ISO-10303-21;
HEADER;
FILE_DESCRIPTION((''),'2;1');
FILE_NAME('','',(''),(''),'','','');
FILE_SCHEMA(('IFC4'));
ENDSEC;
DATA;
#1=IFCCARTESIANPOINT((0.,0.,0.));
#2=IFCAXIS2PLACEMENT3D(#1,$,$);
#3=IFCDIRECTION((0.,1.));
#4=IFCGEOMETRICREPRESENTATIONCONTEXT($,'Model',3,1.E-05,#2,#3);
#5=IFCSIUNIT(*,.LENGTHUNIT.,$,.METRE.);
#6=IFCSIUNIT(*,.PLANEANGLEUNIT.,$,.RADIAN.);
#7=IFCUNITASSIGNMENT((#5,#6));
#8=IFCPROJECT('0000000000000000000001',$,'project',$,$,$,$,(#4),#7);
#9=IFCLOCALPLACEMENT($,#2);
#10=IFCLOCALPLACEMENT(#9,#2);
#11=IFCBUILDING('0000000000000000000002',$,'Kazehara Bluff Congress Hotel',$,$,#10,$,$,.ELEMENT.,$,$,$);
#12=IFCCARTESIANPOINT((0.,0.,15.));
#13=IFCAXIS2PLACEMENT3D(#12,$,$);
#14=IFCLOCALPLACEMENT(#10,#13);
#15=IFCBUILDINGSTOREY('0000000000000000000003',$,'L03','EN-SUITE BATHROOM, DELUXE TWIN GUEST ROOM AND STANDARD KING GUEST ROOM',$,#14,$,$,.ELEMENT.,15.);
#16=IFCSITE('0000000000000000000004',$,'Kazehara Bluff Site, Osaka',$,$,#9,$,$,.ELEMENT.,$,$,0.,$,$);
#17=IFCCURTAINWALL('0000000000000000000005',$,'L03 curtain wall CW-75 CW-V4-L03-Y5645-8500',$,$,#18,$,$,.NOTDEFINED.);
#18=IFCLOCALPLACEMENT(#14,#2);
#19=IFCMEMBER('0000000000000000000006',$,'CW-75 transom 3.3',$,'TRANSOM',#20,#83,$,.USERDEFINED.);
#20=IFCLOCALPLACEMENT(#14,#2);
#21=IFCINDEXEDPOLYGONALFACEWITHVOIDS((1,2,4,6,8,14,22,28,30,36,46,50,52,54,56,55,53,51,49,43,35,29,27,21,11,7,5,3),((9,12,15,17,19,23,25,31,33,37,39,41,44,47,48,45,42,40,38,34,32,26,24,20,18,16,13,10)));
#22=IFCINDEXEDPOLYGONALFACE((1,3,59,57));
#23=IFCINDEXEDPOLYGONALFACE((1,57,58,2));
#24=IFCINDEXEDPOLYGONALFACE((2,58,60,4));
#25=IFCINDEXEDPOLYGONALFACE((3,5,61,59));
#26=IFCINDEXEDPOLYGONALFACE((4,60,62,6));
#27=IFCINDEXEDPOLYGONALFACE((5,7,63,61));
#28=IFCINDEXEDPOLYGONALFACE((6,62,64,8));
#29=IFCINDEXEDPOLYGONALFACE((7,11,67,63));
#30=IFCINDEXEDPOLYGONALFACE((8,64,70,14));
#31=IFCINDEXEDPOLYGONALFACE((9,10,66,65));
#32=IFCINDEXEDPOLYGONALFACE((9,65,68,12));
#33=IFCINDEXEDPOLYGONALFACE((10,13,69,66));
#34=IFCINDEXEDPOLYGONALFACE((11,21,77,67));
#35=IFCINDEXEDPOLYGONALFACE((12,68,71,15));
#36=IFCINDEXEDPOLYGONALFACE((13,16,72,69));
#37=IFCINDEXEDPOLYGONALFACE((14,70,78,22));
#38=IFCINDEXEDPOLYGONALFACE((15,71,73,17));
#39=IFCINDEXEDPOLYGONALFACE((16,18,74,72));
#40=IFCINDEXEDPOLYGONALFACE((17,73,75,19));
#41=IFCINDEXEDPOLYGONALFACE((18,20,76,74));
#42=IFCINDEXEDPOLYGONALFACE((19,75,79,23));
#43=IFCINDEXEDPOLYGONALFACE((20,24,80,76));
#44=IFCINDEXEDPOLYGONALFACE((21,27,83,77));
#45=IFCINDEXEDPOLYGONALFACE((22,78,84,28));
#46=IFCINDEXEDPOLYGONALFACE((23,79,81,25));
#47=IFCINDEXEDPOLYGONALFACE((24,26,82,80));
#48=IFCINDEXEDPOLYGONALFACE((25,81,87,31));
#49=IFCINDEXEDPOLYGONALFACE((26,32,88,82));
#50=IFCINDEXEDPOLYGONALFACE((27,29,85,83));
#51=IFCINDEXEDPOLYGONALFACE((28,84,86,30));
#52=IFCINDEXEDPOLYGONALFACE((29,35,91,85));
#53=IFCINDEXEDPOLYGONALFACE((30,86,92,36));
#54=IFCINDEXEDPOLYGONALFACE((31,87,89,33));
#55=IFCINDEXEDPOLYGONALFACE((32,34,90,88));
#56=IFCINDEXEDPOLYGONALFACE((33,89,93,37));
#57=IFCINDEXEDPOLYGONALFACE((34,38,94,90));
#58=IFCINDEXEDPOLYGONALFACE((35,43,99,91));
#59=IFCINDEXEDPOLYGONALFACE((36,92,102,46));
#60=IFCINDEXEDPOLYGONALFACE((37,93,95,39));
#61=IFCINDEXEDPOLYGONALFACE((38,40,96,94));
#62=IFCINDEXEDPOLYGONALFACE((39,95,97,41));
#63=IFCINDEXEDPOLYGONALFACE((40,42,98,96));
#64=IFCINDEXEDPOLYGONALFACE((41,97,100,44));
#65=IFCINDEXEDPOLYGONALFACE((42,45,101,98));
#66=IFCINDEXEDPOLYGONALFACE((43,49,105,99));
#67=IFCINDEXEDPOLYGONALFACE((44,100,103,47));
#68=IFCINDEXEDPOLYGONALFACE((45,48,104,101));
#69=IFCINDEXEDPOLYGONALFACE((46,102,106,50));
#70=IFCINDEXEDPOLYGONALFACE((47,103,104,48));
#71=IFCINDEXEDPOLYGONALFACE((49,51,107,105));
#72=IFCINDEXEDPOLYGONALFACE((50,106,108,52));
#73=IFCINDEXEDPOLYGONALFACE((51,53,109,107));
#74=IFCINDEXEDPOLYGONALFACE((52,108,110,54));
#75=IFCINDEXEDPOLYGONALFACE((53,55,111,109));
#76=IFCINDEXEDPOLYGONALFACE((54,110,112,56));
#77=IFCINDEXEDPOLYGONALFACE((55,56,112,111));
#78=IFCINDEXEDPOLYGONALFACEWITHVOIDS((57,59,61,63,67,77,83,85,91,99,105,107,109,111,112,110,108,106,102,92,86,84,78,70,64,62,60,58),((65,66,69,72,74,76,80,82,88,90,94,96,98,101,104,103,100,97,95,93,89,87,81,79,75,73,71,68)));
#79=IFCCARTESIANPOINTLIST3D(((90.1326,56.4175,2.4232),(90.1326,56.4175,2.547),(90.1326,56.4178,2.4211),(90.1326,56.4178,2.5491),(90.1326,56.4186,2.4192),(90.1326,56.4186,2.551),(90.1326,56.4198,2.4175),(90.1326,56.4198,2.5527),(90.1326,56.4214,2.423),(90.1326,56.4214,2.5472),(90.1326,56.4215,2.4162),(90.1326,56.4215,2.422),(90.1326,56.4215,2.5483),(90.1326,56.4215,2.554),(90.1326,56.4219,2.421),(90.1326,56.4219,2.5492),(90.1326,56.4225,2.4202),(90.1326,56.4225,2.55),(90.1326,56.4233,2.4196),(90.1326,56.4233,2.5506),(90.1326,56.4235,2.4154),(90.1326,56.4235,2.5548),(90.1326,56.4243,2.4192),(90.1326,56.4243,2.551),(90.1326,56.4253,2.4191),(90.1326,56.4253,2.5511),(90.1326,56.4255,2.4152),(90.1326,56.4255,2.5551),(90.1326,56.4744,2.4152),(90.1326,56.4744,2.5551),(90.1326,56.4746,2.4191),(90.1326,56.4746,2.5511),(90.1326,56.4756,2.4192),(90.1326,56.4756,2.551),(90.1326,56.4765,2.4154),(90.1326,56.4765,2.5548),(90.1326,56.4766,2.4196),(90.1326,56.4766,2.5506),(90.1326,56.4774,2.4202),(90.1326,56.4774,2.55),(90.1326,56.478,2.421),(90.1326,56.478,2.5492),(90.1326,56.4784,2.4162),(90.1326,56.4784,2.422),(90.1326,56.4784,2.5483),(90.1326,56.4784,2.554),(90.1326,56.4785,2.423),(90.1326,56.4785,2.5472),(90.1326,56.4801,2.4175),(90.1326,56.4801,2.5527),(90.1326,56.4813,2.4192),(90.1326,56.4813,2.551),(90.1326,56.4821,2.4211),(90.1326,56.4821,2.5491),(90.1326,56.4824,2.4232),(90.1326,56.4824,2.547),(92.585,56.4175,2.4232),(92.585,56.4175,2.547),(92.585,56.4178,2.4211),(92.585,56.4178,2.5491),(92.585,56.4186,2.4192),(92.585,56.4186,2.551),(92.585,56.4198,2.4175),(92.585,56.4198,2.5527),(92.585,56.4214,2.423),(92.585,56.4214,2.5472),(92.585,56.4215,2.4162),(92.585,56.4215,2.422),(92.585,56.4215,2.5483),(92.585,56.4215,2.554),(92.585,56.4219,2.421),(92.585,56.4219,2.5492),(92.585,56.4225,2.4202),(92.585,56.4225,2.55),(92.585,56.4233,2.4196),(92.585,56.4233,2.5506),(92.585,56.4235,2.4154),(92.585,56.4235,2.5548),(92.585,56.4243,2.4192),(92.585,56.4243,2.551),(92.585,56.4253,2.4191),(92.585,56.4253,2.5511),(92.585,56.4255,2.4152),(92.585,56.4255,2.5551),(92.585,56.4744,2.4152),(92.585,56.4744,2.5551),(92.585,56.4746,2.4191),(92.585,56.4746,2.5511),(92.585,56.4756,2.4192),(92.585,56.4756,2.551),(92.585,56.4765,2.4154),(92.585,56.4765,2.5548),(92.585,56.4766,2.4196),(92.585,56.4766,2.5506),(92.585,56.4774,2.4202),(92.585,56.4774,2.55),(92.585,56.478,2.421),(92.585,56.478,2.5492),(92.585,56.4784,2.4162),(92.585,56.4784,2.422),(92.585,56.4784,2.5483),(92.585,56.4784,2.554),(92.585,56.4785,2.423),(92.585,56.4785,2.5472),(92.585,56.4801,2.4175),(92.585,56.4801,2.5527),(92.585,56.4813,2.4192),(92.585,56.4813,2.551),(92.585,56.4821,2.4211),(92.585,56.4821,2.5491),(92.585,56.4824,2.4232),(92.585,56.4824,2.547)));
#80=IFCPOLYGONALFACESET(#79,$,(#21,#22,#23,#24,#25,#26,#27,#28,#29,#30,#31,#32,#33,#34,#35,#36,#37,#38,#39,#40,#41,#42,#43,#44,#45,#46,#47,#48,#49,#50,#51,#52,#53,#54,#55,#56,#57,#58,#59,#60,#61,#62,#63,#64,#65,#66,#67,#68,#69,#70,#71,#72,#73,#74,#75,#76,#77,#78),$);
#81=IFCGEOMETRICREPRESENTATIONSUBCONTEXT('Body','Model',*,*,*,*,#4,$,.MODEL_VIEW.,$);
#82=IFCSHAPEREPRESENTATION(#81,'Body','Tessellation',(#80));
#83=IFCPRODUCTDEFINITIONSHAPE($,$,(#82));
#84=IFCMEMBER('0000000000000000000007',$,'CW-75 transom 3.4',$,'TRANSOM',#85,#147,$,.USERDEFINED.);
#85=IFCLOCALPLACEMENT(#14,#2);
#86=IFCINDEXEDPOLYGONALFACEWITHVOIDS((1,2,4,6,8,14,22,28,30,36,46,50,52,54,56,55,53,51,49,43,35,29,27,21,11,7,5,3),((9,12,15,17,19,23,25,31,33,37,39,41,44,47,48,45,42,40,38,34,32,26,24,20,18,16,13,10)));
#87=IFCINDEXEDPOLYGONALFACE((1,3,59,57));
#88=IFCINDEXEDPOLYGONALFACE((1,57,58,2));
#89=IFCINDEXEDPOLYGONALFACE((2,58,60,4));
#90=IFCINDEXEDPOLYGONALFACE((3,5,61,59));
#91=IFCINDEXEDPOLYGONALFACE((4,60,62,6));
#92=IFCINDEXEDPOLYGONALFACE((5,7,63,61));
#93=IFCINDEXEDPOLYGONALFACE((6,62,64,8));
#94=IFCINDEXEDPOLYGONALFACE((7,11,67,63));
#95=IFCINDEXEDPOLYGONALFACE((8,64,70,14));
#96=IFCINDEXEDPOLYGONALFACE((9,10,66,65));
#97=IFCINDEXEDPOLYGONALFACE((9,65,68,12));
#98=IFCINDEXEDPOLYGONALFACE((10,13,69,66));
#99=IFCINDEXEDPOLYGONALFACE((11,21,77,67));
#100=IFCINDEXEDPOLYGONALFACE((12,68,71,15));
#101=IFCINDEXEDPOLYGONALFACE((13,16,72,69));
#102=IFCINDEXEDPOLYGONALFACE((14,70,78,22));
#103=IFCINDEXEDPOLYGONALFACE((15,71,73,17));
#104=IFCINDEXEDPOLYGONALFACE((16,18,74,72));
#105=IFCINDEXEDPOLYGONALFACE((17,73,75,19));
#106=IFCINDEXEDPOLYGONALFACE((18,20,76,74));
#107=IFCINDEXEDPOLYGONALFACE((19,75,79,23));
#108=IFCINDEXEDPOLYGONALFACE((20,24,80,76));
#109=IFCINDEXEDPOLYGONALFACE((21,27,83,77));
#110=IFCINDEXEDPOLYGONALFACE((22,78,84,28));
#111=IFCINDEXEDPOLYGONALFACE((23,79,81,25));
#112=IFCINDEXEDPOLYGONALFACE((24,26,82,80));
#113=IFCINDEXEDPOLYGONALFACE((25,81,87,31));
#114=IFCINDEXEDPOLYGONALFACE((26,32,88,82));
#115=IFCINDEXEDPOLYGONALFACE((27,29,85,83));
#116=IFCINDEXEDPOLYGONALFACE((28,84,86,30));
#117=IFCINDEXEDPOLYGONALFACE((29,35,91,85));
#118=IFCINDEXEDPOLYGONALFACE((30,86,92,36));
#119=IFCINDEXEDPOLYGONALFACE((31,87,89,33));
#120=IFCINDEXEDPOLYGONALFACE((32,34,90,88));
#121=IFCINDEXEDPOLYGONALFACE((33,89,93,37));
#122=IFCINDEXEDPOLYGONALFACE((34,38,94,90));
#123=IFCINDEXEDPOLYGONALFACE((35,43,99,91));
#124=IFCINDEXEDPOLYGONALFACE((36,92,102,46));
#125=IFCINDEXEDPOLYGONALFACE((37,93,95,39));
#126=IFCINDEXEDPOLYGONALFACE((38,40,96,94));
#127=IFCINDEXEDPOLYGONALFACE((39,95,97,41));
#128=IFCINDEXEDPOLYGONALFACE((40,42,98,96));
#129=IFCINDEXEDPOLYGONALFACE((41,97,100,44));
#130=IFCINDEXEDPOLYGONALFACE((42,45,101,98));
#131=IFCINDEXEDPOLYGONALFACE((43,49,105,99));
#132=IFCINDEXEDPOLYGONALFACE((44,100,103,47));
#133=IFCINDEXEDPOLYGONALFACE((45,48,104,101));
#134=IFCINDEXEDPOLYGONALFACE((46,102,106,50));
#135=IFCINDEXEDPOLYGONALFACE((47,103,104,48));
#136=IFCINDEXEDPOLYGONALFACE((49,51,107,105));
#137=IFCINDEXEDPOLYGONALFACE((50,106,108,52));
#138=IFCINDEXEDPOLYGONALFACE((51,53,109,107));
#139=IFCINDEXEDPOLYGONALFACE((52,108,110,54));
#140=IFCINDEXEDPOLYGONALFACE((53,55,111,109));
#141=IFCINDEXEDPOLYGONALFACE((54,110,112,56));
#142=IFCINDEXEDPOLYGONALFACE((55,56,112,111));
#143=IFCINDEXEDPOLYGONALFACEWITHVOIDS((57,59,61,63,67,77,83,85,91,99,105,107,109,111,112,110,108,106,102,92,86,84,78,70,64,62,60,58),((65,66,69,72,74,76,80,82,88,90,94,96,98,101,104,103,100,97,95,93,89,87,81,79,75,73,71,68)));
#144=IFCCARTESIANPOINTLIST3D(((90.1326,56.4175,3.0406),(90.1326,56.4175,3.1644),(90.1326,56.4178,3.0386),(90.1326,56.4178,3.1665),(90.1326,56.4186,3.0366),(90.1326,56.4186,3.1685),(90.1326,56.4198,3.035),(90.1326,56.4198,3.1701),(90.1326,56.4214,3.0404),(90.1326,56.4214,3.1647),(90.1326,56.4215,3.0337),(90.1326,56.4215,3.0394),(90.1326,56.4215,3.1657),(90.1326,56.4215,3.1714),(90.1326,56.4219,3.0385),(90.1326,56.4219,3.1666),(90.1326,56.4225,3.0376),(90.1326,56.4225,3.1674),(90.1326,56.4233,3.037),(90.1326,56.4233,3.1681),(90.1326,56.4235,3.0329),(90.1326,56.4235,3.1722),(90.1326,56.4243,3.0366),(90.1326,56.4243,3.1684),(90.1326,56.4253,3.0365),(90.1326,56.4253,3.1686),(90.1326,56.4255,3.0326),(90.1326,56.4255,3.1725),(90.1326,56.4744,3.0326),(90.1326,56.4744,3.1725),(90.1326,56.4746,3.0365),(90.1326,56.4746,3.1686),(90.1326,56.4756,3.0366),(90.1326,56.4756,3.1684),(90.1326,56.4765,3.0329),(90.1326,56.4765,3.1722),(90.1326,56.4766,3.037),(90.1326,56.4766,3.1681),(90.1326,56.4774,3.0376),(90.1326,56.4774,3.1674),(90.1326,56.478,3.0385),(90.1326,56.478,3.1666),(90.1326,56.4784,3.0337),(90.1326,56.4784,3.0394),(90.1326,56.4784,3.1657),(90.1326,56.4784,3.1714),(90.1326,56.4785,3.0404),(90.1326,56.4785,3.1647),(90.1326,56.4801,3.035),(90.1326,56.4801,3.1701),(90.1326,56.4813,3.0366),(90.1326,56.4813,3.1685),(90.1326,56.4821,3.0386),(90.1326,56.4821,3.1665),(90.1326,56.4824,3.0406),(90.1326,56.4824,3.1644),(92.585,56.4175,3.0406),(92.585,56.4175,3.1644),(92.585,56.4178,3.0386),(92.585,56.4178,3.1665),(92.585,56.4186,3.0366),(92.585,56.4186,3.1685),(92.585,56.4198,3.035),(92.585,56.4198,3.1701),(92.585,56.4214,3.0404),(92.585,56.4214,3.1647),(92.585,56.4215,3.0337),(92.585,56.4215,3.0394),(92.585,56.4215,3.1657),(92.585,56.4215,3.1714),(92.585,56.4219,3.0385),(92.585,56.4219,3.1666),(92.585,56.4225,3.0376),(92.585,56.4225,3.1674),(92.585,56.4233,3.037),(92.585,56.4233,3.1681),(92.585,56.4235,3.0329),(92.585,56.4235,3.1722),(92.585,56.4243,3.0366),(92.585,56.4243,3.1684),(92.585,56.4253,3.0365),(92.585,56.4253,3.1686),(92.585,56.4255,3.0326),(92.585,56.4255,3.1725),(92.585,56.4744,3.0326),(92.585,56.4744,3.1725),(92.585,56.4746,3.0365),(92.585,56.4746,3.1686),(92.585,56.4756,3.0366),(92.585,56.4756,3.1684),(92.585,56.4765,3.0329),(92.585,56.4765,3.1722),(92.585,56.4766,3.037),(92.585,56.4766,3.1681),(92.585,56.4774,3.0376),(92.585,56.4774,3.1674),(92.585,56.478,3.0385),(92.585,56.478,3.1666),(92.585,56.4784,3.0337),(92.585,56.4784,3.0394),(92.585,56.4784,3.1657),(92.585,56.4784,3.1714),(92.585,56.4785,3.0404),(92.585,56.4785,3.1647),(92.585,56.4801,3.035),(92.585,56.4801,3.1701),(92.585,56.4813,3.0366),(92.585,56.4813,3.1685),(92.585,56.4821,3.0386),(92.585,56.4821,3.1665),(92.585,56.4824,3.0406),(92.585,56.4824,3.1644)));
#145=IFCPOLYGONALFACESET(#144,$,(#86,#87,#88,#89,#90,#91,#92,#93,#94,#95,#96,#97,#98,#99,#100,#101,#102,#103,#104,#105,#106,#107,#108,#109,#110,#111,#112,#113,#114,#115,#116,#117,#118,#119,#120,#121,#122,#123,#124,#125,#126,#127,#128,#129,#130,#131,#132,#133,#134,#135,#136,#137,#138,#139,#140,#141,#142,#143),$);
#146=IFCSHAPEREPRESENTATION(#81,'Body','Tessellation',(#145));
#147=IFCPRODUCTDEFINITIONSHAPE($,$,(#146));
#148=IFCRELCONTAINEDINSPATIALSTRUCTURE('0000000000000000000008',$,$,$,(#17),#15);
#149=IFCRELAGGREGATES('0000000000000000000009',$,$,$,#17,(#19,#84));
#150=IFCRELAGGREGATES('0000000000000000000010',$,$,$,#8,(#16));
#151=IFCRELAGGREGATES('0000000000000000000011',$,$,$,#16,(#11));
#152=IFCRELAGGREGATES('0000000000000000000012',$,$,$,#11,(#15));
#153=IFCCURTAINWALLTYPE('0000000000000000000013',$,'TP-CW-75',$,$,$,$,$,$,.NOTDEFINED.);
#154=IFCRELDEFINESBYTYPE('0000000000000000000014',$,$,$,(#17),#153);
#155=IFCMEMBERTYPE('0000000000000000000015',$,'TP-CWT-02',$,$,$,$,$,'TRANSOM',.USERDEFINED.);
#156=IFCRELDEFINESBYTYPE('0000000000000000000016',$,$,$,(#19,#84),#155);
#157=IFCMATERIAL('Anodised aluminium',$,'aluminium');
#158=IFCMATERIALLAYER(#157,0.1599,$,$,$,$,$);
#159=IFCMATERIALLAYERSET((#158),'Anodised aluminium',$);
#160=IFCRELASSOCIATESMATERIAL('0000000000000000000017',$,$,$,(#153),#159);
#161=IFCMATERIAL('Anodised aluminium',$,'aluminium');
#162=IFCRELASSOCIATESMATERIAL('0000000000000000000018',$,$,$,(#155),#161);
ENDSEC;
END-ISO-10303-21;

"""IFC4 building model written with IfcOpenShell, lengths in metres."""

from ifc_helpers import new_model, si_unit, direction, frame, origin, origin_2d, place, context, subcontext, project, spatial, hollow_rectangle, extrude, material, layer, layer_set, material_profile, profile_set, type_object, element, aggregate, save


model = new_model("IFC4")

# Units and contexts
model_context = context("Model", 3, precision=1e-05, world=origin(), true_north=direction((0.0, 1.0)))
body_context = subcontext(model_context, "Body", "Model", "MODEL_VIEW")
ifc_project = project(units=[si_unit("LENGTHUNIT", "METRE"), si_unit("PLANEANGLEUNIT", "RADIAN")], contexts=[model_context])

# Site, building, storey
site_placement = place(None, origin())
site = spatial("IfcSite", under=ifc_project, at=site_placement, Name="Kazehara Bluff Site, Osaka", CompositionType="ELEMENT", RefElevation=0.0)
building_placement = place(site_placement, origin())
building = spatial("IfcBuilding", under=site, at=building_placement, Name="Kazehara Bluff Congress Hotel", CompositionType="ELEMENT")
storey_placement = place(building_placement, frame((0.0, 0.0, 15.0)))
storey = spatial("IfcBuildingStorey", under=building, at=storey_placement, Name="L03", Description="EN-SUITE BATHROOM, DELUXE TWIN GUEST ROOM AND STANDARD KING GUEST ROOM", CompositionType="ELEMENT", Elevation=15.0)

# Curtain wall
ifc_material_1 = material(Name="Anodised aluminium", Category="aluminium")
ifc_layer_1 = layer(ifc_material_1, 0.1599)
ifc_layer_set_1 = layer_set([ifc_layer_1], Name="Anodised aluminium")
curtain_wall_type_1 = type_object("IfcCurtainWallType", Name="TP-CW-75", PredefinedType="NOTDEFINED", material=ifc_layer_set_1)
curtain_wall_1_placement = place(storey_placement, origin())
curtain_wall_1 = element("IfcCurtainWall", 1, at=curtain_wall_1_placement, inside=storey, type_object=curtain_wall_type_1, Name="L03 curtain wall CW-75 CW-V4-L03-Y5645-8500", PredefinedType="NOTDEFINED")

# Members
ifc_material_2 = material(Name="Anodised aluminium", Category="aluminium")
ifc_material_profile_1 = material_profile(ifc_material_2, hollow_rectangle(XDim=0.0649, YDim=0.1399, WallThickness=0.0039, InnerFilletRadius=0.0039, OuterFilletRadius=0.0081, at=origin_2d()))
ifc_profile_set_1 = profile_set([ifc_material_profile_1], Name="Anodised aluminium")
member_type_1 = type_object("IfcMemberType", Name="TP-CWT-02", ElementType="TRANSOM", PredefinedType="USERDEFINED", material=ifc_profile_set_1)
member_1_placement = place(storey_placement, frame((90.1326, 56.45, 2.4851), z_axis=(1.0, 0.0, 0.0), x_axis=(0.0, 1.0, 0.0)))
member_1 = element("IfcMember", 2, at=member_1_placement, type_object=member_type_1, Name="CW-75 transom 3.3", ObjectType="TRANSOM", PredefinedType="USERDEFINED", context=body_context, shape_type="SweptSolid", body=[
    extrude(hollow_rectangle(XDim=0.0649, YDim=0.1399, WallThickness=0.0039, InnerFilletRadius=0.0039, OuterFilletRadius=0.0081, at=origin_2d()), origin(), (0.0, 0.0, 1.0), 2.4524),
])
member_2_placement = place(storey_placement, frame((90.1326, 56.45, 3.1025), z_axis=(1.0, 0.0, 0.0), x_axis=(0.0, 1.0, 0.0)))
member_2 = element("IfcMember", 3, at=member_2_placement, type_object=member_type_1, Name="CW-75 transom 3.4", ObjectType="TRANSOM", PredefinedType="USERDEFINED", context=body_context, shape_type="SweptSolid", body=[
    extrude(hollow_rectangle(XDim=0.0649, YDim=0.1399, WallThickness=0.0039, InnerFilletRadius=0.0039, OuterFilletRadius=0.0081, at=origin_2d()), origin(), (0.0, 0.0, 1.0), 2.4524),
])

aggregate(curtain_wall_1, [member_1, member_2])

save(model, "model.ifc")
